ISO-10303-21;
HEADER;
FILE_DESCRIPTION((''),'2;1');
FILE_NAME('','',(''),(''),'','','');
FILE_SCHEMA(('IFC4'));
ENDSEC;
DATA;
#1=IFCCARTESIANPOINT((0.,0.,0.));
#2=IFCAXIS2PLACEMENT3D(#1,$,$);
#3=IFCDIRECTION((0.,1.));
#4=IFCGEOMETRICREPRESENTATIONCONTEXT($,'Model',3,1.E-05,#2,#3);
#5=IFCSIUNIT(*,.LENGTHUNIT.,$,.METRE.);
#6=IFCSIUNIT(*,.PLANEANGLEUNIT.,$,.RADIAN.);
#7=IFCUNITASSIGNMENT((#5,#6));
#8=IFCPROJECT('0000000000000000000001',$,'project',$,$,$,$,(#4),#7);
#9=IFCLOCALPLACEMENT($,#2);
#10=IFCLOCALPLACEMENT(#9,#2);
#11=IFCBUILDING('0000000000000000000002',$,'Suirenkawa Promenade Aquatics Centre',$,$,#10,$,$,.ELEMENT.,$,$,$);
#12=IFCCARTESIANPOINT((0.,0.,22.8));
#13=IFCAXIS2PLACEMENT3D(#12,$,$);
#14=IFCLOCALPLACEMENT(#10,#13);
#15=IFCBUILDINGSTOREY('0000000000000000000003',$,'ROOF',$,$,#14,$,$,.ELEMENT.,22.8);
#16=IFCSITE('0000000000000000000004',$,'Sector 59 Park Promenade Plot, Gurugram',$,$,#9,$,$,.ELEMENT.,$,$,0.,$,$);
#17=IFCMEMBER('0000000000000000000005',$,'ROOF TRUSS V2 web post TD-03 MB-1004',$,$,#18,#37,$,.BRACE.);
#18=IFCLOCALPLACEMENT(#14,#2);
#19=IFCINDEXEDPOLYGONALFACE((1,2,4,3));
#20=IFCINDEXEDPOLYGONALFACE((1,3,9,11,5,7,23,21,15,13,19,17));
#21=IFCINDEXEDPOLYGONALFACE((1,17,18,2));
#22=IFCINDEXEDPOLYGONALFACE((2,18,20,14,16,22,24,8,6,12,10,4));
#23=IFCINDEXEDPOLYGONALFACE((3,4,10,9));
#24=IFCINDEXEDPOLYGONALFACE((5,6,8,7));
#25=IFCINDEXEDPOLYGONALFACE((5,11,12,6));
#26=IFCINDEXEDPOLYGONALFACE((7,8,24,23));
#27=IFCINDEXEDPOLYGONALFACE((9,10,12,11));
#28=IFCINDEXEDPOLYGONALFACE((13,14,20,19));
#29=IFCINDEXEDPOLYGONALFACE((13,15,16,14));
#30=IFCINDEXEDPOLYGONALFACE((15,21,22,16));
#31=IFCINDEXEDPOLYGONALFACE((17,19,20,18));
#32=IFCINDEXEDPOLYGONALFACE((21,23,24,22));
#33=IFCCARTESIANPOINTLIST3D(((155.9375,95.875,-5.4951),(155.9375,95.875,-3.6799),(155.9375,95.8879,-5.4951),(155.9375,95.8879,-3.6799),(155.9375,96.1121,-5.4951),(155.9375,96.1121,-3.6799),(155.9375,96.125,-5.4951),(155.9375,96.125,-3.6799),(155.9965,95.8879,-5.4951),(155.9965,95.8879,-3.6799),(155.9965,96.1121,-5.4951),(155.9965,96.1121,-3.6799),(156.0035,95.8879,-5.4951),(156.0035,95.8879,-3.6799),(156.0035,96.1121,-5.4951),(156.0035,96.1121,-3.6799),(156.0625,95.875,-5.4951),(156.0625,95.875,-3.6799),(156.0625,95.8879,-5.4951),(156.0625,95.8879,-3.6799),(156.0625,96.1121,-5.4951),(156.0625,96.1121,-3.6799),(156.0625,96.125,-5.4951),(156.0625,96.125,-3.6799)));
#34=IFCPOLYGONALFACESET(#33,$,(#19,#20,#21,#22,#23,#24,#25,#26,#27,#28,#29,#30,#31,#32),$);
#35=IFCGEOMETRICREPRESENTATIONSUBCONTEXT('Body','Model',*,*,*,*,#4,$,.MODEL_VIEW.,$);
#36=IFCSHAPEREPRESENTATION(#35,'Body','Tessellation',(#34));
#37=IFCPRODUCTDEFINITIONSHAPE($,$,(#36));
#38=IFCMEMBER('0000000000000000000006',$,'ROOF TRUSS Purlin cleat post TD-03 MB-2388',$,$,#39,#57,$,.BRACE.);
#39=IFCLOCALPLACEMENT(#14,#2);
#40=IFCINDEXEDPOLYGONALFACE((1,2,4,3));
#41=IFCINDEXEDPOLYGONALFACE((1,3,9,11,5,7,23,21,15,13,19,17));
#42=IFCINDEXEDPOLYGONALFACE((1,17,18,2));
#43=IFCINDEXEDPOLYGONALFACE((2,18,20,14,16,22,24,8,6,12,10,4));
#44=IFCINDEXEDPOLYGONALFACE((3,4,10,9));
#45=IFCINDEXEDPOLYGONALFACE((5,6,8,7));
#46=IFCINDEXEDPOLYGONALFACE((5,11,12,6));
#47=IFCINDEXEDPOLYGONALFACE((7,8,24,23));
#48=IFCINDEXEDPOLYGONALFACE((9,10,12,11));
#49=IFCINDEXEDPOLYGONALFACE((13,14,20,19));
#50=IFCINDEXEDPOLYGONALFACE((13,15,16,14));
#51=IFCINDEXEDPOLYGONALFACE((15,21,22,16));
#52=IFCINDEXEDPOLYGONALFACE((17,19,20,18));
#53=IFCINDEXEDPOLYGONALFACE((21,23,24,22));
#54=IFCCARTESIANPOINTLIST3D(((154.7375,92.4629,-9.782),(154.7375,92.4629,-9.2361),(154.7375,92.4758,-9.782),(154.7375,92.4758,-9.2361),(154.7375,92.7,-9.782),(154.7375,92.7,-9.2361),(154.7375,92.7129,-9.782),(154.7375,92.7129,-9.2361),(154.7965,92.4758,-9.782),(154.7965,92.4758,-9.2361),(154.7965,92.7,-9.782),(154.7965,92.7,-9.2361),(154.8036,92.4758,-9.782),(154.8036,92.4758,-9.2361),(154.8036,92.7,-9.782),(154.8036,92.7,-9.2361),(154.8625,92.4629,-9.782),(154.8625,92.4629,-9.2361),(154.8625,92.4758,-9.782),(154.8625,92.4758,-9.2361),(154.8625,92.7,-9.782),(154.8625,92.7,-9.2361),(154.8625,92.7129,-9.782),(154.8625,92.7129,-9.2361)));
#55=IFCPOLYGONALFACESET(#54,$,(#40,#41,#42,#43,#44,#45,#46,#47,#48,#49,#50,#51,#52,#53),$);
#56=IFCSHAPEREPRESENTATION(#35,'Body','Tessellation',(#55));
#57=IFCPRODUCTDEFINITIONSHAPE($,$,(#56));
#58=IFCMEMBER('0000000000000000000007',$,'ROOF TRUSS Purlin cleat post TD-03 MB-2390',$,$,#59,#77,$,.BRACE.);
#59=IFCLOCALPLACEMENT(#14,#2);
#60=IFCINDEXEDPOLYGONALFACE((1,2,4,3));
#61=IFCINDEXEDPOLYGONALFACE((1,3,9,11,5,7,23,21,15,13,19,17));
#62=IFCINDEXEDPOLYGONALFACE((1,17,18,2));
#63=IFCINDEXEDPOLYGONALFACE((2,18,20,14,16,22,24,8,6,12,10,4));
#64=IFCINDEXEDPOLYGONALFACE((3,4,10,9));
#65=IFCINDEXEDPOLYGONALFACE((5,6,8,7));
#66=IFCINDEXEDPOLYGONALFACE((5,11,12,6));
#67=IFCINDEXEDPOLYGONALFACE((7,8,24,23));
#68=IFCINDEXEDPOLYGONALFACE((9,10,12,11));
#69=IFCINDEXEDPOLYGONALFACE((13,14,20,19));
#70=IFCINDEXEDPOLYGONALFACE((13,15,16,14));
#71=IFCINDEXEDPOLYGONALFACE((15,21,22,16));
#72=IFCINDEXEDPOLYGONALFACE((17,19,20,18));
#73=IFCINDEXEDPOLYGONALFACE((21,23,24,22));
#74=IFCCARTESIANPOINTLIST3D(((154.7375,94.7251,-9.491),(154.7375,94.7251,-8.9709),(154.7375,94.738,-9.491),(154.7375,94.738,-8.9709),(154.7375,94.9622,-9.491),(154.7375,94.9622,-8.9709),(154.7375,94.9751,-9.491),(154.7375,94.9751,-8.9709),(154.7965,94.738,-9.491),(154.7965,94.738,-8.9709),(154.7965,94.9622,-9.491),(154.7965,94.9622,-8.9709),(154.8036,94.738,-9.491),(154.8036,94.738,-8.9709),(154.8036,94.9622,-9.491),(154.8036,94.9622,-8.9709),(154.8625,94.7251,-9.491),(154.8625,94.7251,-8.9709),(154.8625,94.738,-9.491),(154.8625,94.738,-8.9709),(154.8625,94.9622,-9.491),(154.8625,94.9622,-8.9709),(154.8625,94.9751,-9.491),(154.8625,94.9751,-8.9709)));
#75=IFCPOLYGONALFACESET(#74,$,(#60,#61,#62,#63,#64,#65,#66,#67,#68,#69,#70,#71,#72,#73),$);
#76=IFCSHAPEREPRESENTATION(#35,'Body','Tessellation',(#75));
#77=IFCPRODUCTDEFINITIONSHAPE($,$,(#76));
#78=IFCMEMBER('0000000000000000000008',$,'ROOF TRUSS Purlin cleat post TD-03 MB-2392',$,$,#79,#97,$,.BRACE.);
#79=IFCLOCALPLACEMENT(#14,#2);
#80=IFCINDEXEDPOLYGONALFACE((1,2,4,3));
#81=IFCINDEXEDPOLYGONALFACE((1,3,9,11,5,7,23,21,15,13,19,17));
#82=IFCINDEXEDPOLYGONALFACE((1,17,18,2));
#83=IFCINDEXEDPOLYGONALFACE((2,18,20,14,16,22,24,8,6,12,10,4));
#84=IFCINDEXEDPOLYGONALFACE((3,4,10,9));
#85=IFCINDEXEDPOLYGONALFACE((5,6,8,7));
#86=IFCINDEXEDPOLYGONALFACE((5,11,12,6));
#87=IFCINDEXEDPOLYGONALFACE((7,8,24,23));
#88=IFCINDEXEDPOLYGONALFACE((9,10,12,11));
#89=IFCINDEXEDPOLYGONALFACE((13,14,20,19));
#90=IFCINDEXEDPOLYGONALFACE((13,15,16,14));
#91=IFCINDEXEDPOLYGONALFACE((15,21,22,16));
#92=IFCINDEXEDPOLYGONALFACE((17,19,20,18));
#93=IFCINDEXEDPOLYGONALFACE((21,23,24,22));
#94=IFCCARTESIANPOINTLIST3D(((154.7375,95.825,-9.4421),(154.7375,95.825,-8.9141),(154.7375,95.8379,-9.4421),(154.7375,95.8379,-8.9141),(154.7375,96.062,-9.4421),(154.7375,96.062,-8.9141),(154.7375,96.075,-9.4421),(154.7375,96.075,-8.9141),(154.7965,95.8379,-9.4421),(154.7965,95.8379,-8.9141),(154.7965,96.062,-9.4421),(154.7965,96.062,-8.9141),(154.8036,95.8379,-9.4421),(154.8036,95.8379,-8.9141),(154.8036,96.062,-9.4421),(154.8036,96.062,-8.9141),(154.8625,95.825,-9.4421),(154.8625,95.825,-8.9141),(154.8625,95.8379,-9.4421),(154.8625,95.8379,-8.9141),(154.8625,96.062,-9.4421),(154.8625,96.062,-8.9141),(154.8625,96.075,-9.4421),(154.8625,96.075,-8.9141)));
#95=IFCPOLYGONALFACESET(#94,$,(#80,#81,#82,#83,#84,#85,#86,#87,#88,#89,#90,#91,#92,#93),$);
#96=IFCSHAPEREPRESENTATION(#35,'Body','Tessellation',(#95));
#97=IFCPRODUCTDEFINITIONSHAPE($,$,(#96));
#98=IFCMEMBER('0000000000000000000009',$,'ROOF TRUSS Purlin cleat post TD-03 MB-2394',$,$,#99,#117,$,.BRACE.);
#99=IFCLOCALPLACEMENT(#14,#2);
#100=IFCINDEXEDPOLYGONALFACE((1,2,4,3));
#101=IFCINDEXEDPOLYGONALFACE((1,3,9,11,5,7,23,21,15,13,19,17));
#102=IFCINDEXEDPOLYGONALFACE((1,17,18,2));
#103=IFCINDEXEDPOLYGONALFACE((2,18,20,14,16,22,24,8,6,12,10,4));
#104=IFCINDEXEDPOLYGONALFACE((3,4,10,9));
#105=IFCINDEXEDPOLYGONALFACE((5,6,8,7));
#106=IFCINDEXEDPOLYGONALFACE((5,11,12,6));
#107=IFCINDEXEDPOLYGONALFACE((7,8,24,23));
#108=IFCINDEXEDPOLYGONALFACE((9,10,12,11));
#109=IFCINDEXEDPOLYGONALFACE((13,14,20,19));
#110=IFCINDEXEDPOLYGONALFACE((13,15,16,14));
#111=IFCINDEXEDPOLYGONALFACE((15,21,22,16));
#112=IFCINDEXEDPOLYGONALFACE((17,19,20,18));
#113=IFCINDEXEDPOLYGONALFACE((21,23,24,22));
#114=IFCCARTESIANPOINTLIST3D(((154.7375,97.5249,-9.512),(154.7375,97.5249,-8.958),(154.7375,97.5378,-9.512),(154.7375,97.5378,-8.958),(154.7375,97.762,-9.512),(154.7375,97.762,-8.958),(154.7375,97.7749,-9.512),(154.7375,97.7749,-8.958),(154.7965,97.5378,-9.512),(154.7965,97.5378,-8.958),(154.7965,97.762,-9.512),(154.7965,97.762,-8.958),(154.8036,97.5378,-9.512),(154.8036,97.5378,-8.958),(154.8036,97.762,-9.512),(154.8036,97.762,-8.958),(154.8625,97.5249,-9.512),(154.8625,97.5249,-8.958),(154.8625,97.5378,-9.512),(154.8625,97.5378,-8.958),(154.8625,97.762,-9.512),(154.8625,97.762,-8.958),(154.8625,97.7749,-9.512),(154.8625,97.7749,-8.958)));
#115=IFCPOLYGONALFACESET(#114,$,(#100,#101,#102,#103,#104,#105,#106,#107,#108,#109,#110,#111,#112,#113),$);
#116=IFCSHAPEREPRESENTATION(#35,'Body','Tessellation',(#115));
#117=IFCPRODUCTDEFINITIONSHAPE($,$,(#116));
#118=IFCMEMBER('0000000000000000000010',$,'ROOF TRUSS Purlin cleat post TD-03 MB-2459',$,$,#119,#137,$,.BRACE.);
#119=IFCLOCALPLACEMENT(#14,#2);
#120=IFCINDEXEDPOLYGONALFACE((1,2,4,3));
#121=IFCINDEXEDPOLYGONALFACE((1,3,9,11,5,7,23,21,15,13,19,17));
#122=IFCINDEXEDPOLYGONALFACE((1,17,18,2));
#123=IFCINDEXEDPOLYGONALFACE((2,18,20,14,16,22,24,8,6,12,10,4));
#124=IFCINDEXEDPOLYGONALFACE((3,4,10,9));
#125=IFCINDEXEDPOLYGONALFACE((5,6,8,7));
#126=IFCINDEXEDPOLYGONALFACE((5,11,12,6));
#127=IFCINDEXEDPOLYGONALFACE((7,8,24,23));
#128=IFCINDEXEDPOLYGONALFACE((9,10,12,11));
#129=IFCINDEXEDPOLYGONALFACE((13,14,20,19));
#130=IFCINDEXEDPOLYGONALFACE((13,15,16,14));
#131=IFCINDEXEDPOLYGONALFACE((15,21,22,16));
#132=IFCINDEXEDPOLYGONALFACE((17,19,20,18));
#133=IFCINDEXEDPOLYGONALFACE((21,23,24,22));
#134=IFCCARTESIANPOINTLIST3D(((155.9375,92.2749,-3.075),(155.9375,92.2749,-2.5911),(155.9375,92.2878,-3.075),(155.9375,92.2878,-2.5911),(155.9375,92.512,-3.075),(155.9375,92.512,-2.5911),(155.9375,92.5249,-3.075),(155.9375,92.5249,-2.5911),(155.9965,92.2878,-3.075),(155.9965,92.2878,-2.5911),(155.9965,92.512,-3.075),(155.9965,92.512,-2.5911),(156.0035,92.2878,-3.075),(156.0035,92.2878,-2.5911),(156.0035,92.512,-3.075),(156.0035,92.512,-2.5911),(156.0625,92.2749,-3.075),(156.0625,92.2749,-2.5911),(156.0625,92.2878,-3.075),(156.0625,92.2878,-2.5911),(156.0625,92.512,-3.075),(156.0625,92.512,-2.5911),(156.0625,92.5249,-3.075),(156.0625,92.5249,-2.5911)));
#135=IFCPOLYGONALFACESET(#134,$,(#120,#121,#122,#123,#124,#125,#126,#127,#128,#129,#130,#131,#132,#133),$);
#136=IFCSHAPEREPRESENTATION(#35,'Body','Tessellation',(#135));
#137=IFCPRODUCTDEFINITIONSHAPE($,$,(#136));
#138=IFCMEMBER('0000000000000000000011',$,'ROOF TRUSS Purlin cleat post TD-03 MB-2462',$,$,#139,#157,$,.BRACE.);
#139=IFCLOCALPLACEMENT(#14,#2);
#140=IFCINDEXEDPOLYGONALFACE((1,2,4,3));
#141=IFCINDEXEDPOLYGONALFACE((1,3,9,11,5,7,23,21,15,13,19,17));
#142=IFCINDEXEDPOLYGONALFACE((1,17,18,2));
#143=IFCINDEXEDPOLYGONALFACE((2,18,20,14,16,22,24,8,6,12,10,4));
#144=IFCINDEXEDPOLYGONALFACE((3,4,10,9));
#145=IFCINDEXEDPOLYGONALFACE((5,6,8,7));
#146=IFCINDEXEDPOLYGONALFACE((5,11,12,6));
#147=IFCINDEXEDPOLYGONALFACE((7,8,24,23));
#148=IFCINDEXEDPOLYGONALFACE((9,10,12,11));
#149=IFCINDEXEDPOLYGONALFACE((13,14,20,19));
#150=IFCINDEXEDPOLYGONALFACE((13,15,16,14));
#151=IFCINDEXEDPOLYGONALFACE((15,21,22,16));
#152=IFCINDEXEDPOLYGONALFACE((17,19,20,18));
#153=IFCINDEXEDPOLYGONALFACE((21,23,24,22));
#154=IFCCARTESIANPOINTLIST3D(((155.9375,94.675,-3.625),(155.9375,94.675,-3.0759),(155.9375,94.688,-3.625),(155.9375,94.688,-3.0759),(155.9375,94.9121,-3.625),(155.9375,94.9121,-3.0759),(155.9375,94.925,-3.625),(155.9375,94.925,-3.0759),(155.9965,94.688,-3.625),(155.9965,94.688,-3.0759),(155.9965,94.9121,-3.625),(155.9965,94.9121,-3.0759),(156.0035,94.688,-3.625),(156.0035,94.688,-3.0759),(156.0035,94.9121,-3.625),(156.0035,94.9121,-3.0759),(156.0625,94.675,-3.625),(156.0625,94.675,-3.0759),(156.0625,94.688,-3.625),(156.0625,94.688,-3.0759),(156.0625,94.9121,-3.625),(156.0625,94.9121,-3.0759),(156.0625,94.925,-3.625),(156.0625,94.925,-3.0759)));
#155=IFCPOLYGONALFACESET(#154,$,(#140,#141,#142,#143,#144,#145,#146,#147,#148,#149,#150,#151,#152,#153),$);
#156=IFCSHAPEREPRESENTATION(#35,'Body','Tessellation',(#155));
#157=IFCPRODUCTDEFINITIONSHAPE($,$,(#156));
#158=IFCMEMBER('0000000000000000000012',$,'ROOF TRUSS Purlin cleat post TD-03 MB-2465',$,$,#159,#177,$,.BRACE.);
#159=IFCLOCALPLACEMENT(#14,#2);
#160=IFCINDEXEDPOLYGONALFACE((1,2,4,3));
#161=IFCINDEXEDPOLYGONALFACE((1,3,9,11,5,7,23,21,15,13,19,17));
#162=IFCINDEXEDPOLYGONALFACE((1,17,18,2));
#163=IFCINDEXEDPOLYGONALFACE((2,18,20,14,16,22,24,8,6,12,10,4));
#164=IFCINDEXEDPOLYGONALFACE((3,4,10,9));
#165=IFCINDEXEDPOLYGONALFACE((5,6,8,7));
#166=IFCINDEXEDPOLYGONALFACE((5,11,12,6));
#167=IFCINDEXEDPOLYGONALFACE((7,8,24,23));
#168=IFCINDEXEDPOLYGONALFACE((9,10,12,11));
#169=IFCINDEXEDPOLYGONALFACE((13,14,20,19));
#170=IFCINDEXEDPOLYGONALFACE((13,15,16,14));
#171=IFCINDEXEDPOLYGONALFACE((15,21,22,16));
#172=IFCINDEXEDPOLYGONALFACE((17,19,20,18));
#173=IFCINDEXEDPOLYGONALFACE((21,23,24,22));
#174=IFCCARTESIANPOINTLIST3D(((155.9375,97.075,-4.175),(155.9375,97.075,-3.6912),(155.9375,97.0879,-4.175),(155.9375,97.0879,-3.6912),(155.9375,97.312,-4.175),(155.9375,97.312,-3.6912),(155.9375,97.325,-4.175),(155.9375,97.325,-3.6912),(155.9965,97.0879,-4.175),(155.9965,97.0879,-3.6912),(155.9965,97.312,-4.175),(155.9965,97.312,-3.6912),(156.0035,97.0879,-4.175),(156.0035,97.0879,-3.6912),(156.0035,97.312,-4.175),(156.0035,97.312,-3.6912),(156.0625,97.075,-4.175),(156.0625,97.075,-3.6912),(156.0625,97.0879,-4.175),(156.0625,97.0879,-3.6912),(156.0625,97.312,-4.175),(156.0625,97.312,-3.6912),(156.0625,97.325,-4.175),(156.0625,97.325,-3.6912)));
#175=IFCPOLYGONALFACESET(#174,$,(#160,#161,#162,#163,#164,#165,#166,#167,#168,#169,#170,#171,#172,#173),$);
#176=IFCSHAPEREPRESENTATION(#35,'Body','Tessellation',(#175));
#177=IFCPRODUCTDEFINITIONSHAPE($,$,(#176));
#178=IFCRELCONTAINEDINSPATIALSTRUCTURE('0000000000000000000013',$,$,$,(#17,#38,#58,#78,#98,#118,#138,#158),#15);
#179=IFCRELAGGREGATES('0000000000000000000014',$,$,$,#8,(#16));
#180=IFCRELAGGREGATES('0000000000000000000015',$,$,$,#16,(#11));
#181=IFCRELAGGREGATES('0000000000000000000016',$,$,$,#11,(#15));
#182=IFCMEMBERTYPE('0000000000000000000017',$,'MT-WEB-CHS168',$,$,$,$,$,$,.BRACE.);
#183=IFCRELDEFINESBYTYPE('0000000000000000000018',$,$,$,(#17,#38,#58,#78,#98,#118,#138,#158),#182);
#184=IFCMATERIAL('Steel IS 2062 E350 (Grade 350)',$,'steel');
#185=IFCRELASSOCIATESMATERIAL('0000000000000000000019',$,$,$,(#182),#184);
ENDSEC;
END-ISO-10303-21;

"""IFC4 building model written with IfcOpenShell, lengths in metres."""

from ifc_helpers import new_model, si_unit, direction, frame, origin, origin_2d, place, context, subcontext, project, spatial, i_section, extrude, material, material_profile, profile_set, type_object, element, save


model = new_model("IFC4")

# Units and contexts
model_context = context("Model", 3, precision=1e-05, world=origin(), true_north=direction((0.0, 1.0)))
body_context = subcontext(model_context, "Body", "Model", "MODEL_VIEW")
ifc_project = project(units=[si_unit("LENGTHUNIT", "METRE"), si_unit("PLANEANGLEUNIT", "RADIAN")], contexts=[model_context])

# Site, building, storey
site_placement = place(None, origin())
site = spatial("IfcSite", under=ifc_project, at=site_placement, Name="Sector 59 Park Promenade Plot, Gurugram", CompositionType="ELEMENT", RefElevation=0.0)
building_placement = place(site_placement, origin())
building = spatial("IfcBuilding", under=site, at=building_placement, Name="Suirenkawa Promenade Aquatics Centre", CompositionType="ELEMENT")
storey_placement = place(building_placement, frame((0.0, 0.0, 22.8)))
storey = spatial("IfcBuildingStorey", under=building, at=storey_placement, Name="ROOF", CompositionType="ELEMENT", Elevation=22.8)

# Shared definitions
ifc_material = material(Name="Steel IS 2062 E350 (Grade 350)", Category="steel")

# Members
ifc_material_profile_1 = material_profile(ifc_material, i_section(OverallWidth=0.125, OverallDepth=0.25, WebThickness=0.0071, FlangeThickness=0.0129, at=origin_2d()), Name="ISMB 250", Category="steel")
ifc_profile_set_1 = profile_set([ifc_material_profile_1], Name="Steel IS 2062 E350 (Grade 350)")
member_type_1 = type_object("IfcMemberType", Name="MT-WEB-CHS168", PredefinedType="BRACE", material=ifc_profile_set_1)
member_1_placement = place(storey_placement, frame((156.0, 96.0, -5.4951), z_axis=(0.0, 0.0, 1.0), x_axis=(1.0, 0.0, 0.0)))
element("IfcMember", 1, at=member_1_placement, inside=storey, type_object=member_type_1, Name="ROOF TRUSS V2 web post TD-03 MB-1004", PredefinedType="BRACE", context=body_context, shape_type="SweptSolid", body=[
    extrude(i_section(OverallWidth=0.125, OverallDepth=0.25, WebThickness=0.0071, FlangeThickness=0.0129, at=origin_2d()), origin(), (0.0, 0.0, 1.0), 1.8152),
])
member_2_placement = place(storey_placement, frame((154.8, 92.5879, -9.782), z_axis=(0.0, 0.0, 1.0), x_axis=(1.0, 0.0, 0.0)))
element("IfcMember", 2, at=member_2_placement, inside=storey, type_object=member_type_1, Name="ROOF TRUSS Purlin cleat post TD-03 MB-2388", PredefinedType="BRACE", context=body_context, shape_type="SweptSolid", body=[
    extrude(i_section(OverallWidth=0.125, OverallDepth=0.25, WebThickness=0.0071, FlangeThickness=0.0129, at=origin_2d()), origin(), (0.0, 0.0, 1.0), 0.5459),
])
member_3_placement = place(storey_placement, frame((154.8, 94.8501, -9.491), z_axis=(0.0, 0.0, 1.0), x_axis=(1.0, 0.0, 0.0)))
element("IfcMember", 3, at=member_3_placement, inside=storey, type_object=member_type_1, Name="ROOF TRUSS Purlin cleat post TD-03 MB-2390", PredefinedType="BRACE", context=body_context, shape_type="SweptSolid", body=[
    extrude(i_section(OverallWidth=0.125, OverallDepth=0.25, WebThickness=0.0071, FlangeThickness=0.0129, at=origin_2d()), origin(), (0.0, 0.0, 1.0), 0.52),
])
member_4_placement = place(storey_placement, frame((154.8, 95.95, -9.4421), z_axis=(0.0, 0.0, 1.0), x_axis=(1.0, 0.0, 0.0)))
element("IfcMember", 4, at=member_4_placement, inside=storey, type_object=member_type_1, Name="ROOF TRUSS Purlin cleat post TD-03 MB-2392", PredefinedType="BRACE", context=body_context, shape_type="SweptSolid", body=[
    extrude(i_section(OverallWidth=0.125, OverallDepth=0.25, WebThickness=0.0071, FlangeThickness=0.0129, at=origin_2d()), origin(), (0.0, 0.0, 1.0), 0.5281),
])
member_5_placement = place(storey_placement, frame((154.8, 97.6499, -9.512), z_axis=(0.0, 0.0, 1.0), x_axis=(1.0, 0.0, 0.0)))
element("IfcMember", 5, at=member_5_placement, inside=storey, type_object=member_type_1, Name="ROOF TRUSS Purlin cleat post TD-03 MB-2394", PredefinedType="BRACE", context=body_context, shape_type="SweptSolid", body=[
    extrude(i_section(OverallWidth=0.125, OverallDepth=0.25, WebThickness=0.0071, FlangeThickness=0.0129, at=origin_2d()), origin(), (0.0, 0.0, 1.0), 0.554),
])
member_6_placement = place(storey_placement, frame((156.0, 92.3999, -3.075), z_axis=(0.0, 0.0, 1.0), x_axis=(1.0, 0.0, 0.0)))
element("IfcMember", 6, at=member_6_placement, inside=storey, type_object=member_type_1, Name="ROOF TRUSS Purlin cleat post TD-03 MB-2459", PredefinedType="BRACE", context=body_context, shape_type="SweptSolid", body=[
    extrude(i_section(OverallWidth=0.125, OverallDepth=0.25, WebThickness=0.0071, FlangeThickness=0.0129, at=origin_2d()), origin(), (0.0, 0.0, 1.0), 0.4839),
])
member_7_placement = place(storey_placement, frame((156.0, 94.8, -3.625), z_axis=(0.0, 0.0, 1.0), x_axis=(1.0, 0.0, 0.0)))
element("IfcMember", 7, at=member_7_placement, inside=storey, type_object=member_type_1, Name="ROOF TRUSS Purlin cleat post TD-03 MB-2462", PredefinedType="BRACE", context=body_context, shape_type="SweptSolid", body=[
    extrude(i_section(OverallWidth=0.125, OverallDepth=0.25, WebThickness=0.0071, FlangeThickness=0.0129, at=origin_2d()), origin(), (0.0, 0.0, 1.0), 0.5491),
])
member_8_placement = place(storey_placement, frame((156.0, 97.2, -4.175), z_axis=(0.0, 0.0, 1.0), x_axis=(1.0, 0.0, 0.0)))
element("IfcMember", 8, at=member_8_placement, inside=storey, type_object=member_type_1, Name="ROOF TRUSS Purlin cleat post TD-03 MB-2465", PredefinedType="BRACE", context=body_context, shape_type="SweptSolid", body=[
    extrude(i_section(OverallWidth=0.125, OverallDepth=0.25, WebThickness=0.0071, FlangeThickness=0.0129, at=origin_2d()), origin(), (0.0, 0.0, 1.0), 0.4839),
])

save(model, "model.ifc")
